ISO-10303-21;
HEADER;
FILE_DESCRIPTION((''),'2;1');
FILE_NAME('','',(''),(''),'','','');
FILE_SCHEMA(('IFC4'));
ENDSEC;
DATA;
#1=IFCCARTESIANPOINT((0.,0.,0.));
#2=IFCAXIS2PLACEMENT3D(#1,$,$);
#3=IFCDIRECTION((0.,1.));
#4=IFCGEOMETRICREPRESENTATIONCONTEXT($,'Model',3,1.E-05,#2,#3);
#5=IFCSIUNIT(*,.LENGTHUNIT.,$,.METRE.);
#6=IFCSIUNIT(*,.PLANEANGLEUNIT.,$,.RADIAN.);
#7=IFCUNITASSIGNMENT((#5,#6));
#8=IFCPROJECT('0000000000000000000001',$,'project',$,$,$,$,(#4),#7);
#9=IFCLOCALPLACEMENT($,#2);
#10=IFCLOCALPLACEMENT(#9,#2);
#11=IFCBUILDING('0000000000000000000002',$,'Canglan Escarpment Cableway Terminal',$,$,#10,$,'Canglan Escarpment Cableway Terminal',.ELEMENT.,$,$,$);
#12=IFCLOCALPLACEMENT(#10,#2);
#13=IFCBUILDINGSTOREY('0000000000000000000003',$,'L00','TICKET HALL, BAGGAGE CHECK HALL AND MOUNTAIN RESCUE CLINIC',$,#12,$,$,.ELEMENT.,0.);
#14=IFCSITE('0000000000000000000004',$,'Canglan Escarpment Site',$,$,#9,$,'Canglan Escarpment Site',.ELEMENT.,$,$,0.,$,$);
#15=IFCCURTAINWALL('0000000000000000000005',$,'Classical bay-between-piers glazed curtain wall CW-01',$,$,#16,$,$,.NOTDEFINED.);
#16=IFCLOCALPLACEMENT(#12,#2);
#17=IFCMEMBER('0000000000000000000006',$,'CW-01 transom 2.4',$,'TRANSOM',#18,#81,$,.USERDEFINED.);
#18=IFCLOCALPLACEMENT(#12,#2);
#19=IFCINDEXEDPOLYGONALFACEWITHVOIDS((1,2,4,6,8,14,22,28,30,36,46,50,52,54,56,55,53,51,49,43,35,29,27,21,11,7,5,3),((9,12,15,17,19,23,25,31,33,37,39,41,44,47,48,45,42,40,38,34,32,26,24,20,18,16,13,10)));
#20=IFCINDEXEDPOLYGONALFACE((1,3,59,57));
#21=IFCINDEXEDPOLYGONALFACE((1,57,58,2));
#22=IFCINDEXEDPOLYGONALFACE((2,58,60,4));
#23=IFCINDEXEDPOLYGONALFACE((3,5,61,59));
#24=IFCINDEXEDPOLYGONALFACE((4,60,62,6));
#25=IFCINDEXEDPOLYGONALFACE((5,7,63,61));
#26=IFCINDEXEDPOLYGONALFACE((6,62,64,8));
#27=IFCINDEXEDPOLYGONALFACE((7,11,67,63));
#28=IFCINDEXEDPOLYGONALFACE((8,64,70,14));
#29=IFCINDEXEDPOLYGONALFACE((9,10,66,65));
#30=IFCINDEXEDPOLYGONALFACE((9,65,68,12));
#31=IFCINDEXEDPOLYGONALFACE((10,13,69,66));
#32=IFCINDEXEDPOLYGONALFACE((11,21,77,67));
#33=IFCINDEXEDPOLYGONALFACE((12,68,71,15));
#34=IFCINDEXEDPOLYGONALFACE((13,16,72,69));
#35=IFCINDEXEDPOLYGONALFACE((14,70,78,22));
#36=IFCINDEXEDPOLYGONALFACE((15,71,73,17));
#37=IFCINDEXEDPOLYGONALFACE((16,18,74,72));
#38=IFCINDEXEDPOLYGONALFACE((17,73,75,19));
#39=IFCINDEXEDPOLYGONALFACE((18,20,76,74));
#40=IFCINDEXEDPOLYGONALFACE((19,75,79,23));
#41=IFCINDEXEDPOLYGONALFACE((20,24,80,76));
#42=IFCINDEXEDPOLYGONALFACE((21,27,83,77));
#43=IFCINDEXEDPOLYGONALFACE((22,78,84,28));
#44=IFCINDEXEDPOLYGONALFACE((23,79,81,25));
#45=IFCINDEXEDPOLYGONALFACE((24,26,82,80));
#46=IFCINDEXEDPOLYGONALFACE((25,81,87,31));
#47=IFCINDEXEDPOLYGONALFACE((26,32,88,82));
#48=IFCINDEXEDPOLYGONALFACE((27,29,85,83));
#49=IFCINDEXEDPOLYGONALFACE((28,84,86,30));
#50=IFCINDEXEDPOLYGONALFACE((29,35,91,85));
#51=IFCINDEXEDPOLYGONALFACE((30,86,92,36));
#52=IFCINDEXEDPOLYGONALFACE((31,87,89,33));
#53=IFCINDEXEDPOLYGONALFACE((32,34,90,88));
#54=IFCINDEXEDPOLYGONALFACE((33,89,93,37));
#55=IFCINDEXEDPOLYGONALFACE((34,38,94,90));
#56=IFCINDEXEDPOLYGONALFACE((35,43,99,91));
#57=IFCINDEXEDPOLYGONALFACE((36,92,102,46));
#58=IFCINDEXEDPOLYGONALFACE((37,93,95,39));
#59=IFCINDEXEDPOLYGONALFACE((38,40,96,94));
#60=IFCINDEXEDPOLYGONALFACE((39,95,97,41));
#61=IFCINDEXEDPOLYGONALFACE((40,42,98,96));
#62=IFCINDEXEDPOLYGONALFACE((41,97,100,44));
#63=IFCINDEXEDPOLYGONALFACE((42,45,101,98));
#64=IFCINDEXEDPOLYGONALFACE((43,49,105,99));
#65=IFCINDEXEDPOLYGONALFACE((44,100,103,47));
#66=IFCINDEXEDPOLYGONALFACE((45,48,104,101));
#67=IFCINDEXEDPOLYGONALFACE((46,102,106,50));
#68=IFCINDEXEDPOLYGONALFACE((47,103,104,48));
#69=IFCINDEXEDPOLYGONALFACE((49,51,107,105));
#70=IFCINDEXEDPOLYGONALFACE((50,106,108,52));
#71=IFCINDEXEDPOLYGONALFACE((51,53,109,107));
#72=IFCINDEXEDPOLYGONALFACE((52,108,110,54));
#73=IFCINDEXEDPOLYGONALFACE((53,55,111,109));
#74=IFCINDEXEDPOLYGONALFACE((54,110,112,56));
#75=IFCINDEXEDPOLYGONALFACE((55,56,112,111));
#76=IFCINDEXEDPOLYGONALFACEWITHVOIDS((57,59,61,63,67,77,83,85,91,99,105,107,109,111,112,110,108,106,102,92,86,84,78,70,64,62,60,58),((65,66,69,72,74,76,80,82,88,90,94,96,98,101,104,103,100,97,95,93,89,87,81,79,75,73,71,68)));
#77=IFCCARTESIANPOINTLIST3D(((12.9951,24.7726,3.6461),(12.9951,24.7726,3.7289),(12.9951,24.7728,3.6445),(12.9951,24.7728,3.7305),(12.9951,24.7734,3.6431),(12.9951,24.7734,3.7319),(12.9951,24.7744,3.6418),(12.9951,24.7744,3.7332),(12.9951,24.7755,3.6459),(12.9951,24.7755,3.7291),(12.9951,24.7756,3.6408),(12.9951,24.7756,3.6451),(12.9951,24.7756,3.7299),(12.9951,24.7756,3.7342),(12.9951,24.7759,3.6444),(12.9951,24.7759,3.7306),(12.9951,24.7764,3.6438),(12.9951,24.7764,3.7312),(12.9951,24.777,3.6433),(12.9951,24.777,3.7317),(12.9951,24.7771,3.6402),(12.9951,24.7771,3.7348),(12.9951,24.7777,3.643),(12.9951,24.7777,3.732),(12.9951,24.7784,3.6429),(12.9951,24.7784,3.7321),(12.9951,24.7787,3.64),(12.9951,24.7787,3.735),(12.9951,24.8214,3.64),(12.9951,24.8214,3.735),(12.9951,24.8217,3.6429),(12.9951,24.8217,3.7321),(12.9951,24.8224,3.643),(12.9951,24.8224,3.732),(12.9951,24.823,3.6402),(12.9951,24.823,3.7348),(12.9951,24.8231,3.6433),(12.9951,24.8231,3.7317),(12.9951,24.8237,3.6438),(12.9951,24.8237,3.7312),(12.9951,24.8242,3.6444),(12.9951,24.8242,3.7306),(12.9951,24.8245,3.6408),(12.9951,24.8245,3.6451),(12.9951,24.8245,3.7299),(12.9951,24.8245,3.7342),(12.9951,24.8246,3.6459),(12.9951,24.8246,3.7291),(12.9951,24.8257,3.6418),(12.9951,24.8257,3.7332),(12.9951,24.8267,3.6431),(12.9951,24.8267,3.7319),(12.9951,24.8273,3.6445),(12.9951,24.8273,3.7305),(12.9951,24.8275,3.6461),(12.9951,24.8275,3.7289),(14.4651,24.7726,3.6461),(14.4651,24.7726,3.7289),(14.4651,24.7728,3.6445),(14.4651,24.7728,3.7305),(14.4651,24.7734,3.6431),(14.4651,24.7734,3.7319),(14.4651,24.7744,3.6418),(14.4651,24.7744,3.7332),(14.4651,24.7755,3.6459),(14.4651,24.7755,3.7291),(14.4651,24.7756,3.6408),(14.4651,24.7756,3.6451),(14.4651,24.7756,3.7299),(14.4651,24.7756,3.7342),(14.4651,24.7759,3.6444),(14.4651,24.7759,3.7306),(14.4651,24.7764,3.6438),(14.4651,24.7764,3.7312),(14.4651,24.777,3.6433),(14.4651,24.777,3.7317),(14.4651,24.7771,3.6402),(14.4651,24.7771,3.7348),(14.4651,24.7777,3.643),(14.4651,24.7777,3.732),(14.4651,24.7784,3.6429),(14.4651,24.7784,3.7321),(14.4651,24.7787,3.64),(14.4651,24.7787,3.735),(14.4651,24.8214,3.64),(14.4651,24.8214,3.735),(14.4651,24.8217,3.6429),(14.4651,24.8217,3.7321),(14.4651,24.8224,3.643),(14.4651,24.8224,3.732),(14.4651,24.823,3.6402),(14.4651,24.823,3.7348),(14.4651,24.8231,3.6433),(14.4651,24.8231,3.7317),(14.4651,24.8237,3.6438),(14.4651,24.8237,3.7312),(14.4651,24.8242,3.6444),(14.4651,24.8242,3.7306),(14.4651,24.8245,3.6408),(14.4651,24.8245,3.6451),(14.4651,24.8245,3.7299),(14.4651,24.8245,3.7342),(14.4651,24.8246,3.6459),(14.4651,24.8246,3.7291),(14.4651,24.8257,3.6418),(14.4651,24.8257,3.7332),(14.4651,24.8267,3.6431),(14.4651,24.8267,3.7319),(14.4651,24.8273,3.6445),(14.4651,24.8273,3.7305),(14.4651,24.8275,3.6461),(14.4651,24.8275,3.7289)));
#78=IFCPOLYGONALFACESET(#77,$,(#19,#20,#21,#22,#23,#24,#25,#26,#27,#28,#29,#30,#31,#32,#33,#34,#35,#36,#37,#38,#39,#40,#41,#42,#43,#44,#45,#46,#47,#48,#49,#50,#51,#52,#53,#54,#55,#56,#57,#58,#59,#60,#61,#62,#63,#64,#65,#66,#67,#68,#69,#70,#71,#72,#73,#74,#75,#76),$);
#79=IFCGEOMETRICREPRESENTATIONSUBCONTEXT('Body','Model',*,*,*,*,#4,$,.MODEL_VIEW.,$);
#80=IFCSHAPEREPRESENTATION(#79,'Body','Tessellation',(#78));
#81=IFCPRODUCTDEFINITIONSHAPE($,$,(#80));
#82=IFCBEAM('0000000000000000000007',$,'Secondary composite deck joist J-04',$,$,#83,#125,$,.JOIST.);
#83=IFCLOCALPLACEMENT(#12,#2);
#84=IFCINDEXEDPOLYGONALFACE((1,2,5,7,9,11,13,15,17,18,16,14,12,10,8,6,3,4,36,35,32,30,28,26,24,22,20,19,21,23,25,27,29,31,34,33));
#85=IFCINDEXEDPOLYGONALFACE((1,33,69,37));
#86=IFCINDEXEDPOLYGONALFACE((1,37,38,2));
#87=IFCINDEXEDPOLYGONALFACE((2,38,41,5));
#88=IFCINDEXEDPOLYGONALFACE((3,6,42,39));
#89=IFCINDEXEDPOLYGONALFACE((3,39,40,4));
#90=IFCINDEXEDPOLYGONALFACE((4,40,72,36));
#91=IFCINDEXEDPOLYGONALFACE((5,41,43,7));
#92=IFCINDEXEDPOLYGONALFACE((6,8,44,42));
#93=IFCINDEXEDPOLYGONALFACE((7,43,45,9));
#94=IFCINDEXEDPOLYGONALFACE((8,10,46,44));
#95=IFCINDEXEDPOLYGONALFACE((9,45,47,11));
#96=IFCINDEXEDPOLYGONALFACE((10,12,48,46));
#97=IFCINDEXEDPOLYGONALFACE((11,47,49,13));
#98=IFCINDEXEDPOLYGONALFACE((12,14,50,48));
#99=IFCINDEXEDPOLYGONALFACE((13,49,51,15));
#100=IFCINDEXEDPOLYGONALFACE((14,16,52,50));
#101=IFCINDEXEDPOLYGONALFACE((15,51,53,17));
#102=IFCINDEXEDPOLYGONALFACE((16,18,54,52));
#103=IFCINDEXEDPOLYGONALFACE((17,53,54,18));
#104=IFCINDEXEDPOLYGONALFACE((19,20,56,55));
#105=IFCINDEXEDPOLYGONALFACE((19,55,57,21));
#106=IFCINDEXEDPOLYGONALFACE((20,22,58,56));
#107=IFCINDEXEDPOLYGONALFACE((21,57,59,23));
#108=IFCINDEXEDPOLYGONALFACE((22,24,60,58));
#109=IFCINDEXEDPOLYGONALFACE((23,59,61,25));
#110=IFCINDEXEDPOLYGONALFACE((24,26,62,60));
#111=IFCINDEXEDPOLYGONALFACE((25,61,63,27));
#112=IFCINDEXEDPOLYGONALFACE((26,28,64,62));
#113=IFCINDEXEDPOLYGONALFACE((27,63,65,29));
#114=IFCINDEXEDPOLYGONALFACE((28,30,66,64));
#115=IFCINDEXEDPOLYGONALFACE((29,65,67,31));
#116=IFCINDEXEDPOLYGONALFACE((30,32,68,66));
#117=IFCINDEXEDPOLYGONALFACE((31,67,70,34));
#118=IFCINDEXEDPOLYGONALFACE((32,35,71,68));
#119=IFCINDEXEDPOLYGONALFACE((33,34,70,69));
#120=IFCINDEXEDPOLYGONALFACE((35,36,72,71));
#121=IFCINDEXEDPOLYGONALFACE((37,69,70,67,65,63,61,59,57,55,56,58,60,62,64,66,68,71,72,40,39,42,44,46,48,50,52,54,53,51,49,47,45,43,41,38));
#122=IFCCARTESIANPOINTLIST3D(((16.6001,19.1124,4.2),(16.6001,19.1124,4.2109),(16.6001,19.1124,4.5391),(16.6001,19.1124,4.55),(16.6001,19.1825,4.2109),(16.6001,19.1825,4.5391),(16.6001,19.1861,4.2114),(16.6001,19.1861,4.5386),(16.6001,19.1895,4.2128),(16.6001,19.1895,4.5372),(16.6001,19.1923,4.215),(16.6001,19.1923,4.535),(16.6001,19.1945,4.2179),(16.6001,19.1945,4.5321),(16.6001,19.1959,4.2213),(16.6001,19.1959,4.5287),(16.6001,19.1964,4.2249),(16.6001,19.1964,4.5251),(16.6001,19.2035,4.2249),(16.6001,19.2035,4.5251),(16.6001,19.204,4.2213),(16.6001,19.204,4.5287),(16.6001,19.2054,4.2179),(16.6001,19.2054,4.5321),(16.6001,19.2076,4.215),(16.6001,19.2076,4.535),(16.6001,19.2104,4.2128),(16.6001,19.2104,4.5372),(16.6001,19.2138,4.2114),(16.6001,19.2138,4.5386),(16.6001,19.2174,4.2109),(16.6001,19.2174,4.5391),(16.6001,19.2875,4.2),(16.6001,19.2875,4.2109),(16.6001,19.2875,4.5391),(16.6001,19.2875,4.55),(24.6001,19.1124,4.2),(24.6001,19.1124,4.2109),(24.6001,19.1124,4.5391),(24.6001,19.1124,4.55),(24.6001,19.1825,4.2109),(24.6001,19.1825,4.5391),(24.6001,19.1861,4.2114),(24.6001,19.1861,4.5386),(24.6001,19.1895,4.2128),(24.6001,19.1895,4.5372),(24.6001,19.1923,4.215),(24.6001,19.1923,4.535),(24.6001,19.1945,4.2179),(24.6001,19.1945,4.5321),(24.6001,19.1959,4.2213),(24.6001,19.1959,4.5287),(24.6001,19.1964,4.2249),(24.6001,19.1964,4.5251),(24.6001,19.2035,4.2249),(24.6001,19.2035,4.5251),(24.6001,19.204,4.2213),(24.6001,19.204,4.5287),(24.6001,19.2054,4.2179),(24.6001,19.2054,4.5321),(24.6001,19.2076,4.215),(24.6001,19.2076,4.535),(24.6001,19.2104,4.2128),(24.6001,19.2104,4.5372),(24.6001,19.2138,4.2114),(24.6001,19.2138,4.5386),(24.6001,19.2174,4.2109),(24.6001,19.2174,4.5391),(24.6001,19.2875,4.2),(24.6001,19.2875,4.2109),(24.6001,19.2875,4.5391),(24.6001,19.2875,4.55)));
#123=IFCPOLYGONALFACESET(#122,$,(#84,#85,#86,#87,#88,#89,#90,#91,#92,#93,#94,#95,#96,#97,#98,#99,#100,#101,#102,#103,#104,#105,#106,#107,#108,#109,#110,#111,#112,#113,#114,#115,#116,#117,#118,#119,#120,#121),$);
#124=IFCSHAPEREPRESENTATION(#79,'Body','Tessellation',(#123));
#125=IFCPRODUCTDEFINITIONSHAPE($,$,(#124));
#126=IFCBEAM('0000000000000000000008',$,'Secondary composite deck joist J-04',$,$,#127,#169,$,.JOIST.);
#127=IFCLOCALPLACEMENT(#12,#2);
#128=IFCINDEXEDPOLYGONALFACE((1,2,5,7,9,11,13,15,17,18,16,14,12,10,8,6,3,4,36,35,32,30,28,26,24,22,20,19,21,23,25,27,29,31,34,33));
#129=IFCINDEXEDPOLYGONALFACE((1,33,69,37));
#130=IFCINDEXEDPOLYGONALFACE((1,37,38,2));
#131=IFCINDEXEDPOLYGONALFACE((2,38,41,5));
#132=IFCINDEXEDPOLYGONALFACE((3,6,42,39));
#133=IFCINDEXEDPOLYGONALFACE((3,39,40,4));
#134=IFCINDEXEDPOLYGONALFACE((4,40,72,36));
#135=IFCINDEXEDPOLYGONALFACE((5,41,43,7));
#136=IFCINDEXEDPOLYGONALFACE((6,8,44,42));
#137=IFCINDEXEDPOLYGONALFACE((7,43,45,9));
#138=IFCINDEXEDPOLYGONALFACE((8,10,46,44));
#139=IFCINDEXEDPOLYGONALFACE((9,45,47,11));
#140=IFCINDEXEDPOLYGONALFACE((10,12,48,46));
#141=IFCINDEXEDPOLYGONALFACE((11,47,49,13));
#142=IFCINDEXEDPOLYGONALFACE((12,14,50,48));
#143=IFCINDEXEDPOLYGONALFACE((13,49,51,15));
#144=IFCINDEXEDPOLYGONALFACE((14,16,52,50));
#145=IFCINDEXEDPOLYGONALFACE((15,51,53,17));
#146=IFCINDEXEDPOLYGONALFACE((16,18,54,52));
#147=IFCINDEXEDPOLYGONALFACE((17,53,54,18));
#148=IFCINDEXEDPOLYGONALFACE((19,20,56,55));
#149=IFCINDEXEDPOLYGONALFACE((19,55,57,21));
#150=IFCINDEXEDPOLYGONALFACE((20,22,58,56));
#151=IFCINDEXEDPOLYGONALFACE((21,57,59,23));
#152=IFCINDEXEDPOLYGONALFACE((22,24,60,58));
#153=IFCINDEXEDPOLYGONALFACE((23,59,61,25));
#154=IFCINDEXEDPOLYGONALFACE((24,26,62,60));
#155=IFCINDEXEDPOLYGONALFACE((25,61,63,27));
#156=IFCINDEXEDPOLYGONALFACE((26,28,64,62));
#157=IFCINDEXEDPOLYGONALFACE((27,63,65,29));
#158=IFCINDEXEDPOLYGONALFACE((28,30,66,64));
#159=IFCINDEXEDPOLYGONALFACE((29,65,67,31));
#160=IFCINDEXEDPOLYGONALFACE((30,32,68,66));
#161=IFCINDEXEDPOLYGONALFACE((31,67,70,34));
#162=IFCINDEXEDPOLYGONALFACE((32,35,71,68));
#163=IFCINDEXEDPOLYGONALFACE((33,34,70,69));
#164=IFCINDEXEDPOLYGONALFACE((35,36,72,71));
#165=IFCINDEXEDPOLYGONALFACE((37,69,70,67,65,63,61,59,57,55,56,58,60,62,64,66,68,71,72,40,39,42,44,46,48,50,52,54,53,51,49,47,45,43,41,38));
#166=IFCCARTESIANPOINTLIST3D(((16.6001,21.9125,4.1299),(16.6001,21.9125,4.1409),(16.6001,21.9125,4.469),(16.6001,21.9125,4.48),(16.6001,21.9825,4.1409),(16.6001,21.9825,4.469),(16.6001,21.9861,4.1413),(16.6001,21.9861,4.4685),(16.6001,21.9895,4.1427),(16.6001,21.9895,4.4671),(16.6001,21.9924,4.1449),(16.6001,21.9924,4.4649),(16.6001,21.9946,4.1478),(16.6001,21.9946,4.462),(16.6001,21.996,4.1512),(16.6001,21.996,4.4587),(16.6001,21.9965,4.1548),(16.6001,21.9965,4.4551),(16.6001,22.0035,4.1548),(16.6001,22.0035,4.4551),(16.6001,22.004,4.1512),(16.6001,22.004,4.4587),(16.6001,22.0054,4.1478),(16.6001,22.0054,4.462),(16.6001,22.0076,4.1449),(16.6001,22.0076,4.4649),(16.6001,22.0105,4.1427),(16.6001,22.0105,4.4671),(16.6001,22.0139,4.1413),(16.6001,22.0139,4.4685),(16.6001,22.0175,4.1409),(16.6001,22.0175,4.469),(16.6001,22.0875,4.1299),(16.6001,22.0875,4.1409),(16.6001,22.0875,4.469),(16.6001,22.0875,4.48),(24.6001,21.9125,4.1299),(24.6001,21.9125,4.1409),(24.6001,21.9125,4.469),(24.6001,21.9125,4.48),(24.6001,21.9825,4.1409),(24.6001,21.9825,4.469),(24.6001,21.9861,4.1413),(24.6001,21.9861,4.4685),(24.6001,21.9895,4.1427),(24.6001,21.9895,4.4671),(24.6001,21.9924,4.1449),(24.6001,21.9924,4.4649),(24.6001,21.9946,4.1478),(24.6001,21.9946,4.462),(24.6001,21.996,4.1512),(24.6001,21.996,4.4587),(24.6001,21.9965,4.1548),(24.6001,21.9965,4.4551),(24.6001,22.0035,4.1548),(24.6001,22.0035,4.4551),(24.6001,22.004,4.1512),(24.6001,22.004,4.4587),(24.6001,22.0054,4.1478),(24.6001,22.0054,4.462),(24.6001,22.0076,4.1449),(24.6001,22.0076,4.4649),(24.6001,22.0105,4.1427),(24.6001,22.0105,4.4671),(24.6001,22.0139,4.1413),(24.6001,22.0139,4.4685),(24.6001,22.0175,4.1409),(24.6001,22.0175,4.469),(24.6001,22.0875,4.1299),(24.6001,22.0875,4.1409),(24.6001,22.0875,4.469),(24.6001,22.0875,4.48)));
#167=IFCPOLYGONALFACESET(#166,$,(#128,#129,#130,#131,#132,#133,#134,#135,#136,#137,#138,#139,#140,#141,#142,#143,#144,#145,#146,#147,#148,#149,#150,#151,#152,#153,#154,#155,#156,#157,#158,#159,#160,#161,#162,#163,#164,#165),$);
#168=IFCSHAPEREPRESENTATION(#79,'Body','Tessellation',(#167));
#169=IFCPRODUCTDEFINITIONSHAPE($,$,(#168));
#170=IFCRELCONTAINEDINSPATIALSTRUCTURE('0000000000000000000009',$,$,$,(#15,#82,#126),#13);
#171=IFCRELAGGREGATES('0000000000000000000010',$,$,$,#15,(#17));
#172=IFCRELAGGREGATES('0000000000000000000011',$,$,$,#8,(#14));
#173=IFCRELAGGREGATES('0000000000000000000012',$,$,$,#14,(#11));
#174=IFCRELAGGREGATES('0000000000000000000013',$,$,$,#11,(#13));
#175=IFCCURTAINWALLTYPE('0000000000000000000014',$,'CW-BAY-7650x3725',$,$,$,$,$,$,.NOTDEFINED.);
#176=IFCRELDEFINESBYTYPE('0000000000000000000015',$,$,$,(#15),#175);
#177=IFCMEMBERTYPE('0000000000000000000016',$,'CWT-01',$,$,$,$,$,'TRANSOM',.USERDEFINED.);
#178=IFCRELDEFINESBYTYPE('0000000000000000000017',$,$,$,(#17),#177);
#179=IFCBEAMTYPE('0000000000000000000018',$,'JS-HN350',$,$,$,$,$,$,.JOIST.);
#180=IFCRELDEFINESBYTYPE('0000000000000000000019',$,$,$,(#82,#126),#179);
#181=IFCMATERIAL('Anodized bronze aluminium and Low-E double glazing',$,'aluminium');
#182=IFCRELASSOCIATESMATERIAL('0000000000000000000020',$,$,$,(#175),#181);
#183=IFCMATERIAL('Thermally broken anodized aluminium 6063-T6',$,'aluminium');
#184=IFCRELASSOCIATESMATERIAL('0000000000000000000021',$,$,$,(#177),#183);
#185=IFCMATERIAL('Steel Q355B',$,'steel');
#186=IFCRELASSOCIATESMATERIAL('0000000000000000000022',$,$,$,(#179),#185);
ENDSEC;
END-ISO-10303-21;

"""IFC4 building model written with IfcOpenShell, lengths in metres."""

from ifc_helpers import new_model, si_unit, direction, frame, origin, origin_2d, place, context, subcontext, project, spatial, hollow_rectangle, i_section, extrude, material, material_profile, profile_set, type_object, element, aggregate, save


model = new_model("IFC4")

# Units and contexts
model_context = context("Model", 3, precision=1e-05, world=origin(), true_north=direction((0.0, 1.0)))
body_context = subcontext(model_context, "Body", "Model", "MODEL_VIEW")
ifc_project = project(units=[si_unit("LENGTHUNIT", "METRE"), si_unit("PLANEANGLEUNIT", "RADIAN")], contexts=[model_context])

# Site, building, storey
site_placement = place(None, origin())
site = spatial("IfcSite", under=ifc_project, at=site_placement, Name="Canglan Escarpment Site", LongName="Canglan Escarpment Site", CompositionType="ELEMENT", RefElevation=0.0)
building_placement = place(site_placement, origin())
building = spatial("IfcBuilding", under=site, at=building_placement, Name="Canglan Escarpment Cableway Terminal", LongName="Canglan Escarpment Cableway Terminal", CompositionType="ELEMENT")
storey_placement = place(building_placement, origin())
storey = spatial("IfcBuildingStorey", under=building, at=storey_placement, Name="L00", Description="TICKET HALL, BAGGAGE CHECK HALL AND MOUNTAIN RESCUE CLINIC", CompositionType="ELEMENT", Elevation=0.0)

# Curtain wall, member
ifc_material_1 = material(Name="Anodized bronze aluminium and Low-E double glazing", Category="aluminium")
curtain_wall_type = type_object("IfcCurtainWallType", Name="CW-BAY-7650x3725", PredefinedType="NOTDEFINED", material=ifc_material_1)
curtain_wall_placement = place(storey_placement, origin())
curtain_wall = element("IfcCurtainWall", 1, at=curtain_wall_placement, inside=storey, type_object=curtain_wall_type, Name="Classical bay-between-piers glazed curtain wall CW-01", PredefinedType="NOTDEFINED")
ifc_material_2 = material(Name="Thermally broken anodized aluminium 6063-T6", Category="aluminium")
ifc_material_profile_1 = material_profile(ifc_material_2, hollow_rectangle(XDim=0.0549, YDim=0.095, WallThickness=0.0029, InnerFilletRadius=0.0029, OuterFilletRadius=0.0061, at=origin_2d()), Name="ALU-TRAN 55x95x3")
ifc_profile_set_1 = profile_set([ifc_material_profile_1], Name="Thermally broken anodized aluminium 6063-T6")
member_type_1 = type_object("IfcMemberType", Name="CWT-01", ElementType="TRANSOM", PredefinedType="USERDEFINED", material=ifc_profile_set_1)
member_1_placement = place(storey_placement, frame((14.4651, 24.8, 3.6875), z_axis=(-1.0, 0.0, 0.0), x_axis=(0.0, -1.0, 0.0)))
member_1 = element("IfcMember", 2, at=member_1_placement, type_object=member_type_1, Name="CW-01 transom 2.4", ObjectType="TRANSOM", PredefinedType="USERDEFINED", context=body_context, shape_type="SweptSolid", body=[
    extrude(hollow_rectangle(XDim=0.0549, YDim=0.095, WallThickness=0.0029, InnerFilletRadius=0.0029, OuterFilletRadius=0.0061, at=origin_2d()), origin(), (0.0, 0.0, 1.0), 1.47),
])

# Beams
ifc_material_3 = material(Name="Steel Q355B", Category="steel")
ifc_material_profile_2 = material_profile(ifc_material_3, i_section(OverallWidth=0.175, OverallDepth=0.3501, WebThickness=0.0071, FlangeThickness=0.011, FilletRadius=0.0139, at=origin_2d()), Name="HN 350x175x7x11")
ifc_profile_set_2 = profile_set([ifc_material_profile_2], Name="Steel Q355B")
beam_type_1 = type_object("IfcBeamType", Name="JS-HN350", PredefinedType="JOIST", material=ifc_profile_set_2)
for number, where, z_axis, x_axis, name in (
    (3, (16.6001, 19.2, 4.375), (1.0, 0.0, 0.0), (0.0, 1.0, 0.0), "Secondary composite deck joist J-04"),
    (4, (16.6001, 22.0, 4.3049), (1.0, 0.0, 0.0), (0.0, 1.0, 0.0), "Secondary composite deck joist J-04"),
):
    element("IfcBeam", number, at=place(storey_placement, frame(where, z_axis=z_axis, x_axis=x_axis)), inside=storey, type_object=beam_type_1, Name=name, PredefinedType="JOIST", context=body_context, shape_type="SweptSolid", body=[
        extrude(i_section(OverallWidth=0.175, OverallDepth=0.3501, WebThickness=0.0071, FlangeThickness=0.011, FilletRadius=0.0139, at=origin_2d()), origin(), (0.0, 0.0, 1.0), 8.0),
    ])

aggregate(curtain_wall, [member_1])

save(model, "model.ifc")
